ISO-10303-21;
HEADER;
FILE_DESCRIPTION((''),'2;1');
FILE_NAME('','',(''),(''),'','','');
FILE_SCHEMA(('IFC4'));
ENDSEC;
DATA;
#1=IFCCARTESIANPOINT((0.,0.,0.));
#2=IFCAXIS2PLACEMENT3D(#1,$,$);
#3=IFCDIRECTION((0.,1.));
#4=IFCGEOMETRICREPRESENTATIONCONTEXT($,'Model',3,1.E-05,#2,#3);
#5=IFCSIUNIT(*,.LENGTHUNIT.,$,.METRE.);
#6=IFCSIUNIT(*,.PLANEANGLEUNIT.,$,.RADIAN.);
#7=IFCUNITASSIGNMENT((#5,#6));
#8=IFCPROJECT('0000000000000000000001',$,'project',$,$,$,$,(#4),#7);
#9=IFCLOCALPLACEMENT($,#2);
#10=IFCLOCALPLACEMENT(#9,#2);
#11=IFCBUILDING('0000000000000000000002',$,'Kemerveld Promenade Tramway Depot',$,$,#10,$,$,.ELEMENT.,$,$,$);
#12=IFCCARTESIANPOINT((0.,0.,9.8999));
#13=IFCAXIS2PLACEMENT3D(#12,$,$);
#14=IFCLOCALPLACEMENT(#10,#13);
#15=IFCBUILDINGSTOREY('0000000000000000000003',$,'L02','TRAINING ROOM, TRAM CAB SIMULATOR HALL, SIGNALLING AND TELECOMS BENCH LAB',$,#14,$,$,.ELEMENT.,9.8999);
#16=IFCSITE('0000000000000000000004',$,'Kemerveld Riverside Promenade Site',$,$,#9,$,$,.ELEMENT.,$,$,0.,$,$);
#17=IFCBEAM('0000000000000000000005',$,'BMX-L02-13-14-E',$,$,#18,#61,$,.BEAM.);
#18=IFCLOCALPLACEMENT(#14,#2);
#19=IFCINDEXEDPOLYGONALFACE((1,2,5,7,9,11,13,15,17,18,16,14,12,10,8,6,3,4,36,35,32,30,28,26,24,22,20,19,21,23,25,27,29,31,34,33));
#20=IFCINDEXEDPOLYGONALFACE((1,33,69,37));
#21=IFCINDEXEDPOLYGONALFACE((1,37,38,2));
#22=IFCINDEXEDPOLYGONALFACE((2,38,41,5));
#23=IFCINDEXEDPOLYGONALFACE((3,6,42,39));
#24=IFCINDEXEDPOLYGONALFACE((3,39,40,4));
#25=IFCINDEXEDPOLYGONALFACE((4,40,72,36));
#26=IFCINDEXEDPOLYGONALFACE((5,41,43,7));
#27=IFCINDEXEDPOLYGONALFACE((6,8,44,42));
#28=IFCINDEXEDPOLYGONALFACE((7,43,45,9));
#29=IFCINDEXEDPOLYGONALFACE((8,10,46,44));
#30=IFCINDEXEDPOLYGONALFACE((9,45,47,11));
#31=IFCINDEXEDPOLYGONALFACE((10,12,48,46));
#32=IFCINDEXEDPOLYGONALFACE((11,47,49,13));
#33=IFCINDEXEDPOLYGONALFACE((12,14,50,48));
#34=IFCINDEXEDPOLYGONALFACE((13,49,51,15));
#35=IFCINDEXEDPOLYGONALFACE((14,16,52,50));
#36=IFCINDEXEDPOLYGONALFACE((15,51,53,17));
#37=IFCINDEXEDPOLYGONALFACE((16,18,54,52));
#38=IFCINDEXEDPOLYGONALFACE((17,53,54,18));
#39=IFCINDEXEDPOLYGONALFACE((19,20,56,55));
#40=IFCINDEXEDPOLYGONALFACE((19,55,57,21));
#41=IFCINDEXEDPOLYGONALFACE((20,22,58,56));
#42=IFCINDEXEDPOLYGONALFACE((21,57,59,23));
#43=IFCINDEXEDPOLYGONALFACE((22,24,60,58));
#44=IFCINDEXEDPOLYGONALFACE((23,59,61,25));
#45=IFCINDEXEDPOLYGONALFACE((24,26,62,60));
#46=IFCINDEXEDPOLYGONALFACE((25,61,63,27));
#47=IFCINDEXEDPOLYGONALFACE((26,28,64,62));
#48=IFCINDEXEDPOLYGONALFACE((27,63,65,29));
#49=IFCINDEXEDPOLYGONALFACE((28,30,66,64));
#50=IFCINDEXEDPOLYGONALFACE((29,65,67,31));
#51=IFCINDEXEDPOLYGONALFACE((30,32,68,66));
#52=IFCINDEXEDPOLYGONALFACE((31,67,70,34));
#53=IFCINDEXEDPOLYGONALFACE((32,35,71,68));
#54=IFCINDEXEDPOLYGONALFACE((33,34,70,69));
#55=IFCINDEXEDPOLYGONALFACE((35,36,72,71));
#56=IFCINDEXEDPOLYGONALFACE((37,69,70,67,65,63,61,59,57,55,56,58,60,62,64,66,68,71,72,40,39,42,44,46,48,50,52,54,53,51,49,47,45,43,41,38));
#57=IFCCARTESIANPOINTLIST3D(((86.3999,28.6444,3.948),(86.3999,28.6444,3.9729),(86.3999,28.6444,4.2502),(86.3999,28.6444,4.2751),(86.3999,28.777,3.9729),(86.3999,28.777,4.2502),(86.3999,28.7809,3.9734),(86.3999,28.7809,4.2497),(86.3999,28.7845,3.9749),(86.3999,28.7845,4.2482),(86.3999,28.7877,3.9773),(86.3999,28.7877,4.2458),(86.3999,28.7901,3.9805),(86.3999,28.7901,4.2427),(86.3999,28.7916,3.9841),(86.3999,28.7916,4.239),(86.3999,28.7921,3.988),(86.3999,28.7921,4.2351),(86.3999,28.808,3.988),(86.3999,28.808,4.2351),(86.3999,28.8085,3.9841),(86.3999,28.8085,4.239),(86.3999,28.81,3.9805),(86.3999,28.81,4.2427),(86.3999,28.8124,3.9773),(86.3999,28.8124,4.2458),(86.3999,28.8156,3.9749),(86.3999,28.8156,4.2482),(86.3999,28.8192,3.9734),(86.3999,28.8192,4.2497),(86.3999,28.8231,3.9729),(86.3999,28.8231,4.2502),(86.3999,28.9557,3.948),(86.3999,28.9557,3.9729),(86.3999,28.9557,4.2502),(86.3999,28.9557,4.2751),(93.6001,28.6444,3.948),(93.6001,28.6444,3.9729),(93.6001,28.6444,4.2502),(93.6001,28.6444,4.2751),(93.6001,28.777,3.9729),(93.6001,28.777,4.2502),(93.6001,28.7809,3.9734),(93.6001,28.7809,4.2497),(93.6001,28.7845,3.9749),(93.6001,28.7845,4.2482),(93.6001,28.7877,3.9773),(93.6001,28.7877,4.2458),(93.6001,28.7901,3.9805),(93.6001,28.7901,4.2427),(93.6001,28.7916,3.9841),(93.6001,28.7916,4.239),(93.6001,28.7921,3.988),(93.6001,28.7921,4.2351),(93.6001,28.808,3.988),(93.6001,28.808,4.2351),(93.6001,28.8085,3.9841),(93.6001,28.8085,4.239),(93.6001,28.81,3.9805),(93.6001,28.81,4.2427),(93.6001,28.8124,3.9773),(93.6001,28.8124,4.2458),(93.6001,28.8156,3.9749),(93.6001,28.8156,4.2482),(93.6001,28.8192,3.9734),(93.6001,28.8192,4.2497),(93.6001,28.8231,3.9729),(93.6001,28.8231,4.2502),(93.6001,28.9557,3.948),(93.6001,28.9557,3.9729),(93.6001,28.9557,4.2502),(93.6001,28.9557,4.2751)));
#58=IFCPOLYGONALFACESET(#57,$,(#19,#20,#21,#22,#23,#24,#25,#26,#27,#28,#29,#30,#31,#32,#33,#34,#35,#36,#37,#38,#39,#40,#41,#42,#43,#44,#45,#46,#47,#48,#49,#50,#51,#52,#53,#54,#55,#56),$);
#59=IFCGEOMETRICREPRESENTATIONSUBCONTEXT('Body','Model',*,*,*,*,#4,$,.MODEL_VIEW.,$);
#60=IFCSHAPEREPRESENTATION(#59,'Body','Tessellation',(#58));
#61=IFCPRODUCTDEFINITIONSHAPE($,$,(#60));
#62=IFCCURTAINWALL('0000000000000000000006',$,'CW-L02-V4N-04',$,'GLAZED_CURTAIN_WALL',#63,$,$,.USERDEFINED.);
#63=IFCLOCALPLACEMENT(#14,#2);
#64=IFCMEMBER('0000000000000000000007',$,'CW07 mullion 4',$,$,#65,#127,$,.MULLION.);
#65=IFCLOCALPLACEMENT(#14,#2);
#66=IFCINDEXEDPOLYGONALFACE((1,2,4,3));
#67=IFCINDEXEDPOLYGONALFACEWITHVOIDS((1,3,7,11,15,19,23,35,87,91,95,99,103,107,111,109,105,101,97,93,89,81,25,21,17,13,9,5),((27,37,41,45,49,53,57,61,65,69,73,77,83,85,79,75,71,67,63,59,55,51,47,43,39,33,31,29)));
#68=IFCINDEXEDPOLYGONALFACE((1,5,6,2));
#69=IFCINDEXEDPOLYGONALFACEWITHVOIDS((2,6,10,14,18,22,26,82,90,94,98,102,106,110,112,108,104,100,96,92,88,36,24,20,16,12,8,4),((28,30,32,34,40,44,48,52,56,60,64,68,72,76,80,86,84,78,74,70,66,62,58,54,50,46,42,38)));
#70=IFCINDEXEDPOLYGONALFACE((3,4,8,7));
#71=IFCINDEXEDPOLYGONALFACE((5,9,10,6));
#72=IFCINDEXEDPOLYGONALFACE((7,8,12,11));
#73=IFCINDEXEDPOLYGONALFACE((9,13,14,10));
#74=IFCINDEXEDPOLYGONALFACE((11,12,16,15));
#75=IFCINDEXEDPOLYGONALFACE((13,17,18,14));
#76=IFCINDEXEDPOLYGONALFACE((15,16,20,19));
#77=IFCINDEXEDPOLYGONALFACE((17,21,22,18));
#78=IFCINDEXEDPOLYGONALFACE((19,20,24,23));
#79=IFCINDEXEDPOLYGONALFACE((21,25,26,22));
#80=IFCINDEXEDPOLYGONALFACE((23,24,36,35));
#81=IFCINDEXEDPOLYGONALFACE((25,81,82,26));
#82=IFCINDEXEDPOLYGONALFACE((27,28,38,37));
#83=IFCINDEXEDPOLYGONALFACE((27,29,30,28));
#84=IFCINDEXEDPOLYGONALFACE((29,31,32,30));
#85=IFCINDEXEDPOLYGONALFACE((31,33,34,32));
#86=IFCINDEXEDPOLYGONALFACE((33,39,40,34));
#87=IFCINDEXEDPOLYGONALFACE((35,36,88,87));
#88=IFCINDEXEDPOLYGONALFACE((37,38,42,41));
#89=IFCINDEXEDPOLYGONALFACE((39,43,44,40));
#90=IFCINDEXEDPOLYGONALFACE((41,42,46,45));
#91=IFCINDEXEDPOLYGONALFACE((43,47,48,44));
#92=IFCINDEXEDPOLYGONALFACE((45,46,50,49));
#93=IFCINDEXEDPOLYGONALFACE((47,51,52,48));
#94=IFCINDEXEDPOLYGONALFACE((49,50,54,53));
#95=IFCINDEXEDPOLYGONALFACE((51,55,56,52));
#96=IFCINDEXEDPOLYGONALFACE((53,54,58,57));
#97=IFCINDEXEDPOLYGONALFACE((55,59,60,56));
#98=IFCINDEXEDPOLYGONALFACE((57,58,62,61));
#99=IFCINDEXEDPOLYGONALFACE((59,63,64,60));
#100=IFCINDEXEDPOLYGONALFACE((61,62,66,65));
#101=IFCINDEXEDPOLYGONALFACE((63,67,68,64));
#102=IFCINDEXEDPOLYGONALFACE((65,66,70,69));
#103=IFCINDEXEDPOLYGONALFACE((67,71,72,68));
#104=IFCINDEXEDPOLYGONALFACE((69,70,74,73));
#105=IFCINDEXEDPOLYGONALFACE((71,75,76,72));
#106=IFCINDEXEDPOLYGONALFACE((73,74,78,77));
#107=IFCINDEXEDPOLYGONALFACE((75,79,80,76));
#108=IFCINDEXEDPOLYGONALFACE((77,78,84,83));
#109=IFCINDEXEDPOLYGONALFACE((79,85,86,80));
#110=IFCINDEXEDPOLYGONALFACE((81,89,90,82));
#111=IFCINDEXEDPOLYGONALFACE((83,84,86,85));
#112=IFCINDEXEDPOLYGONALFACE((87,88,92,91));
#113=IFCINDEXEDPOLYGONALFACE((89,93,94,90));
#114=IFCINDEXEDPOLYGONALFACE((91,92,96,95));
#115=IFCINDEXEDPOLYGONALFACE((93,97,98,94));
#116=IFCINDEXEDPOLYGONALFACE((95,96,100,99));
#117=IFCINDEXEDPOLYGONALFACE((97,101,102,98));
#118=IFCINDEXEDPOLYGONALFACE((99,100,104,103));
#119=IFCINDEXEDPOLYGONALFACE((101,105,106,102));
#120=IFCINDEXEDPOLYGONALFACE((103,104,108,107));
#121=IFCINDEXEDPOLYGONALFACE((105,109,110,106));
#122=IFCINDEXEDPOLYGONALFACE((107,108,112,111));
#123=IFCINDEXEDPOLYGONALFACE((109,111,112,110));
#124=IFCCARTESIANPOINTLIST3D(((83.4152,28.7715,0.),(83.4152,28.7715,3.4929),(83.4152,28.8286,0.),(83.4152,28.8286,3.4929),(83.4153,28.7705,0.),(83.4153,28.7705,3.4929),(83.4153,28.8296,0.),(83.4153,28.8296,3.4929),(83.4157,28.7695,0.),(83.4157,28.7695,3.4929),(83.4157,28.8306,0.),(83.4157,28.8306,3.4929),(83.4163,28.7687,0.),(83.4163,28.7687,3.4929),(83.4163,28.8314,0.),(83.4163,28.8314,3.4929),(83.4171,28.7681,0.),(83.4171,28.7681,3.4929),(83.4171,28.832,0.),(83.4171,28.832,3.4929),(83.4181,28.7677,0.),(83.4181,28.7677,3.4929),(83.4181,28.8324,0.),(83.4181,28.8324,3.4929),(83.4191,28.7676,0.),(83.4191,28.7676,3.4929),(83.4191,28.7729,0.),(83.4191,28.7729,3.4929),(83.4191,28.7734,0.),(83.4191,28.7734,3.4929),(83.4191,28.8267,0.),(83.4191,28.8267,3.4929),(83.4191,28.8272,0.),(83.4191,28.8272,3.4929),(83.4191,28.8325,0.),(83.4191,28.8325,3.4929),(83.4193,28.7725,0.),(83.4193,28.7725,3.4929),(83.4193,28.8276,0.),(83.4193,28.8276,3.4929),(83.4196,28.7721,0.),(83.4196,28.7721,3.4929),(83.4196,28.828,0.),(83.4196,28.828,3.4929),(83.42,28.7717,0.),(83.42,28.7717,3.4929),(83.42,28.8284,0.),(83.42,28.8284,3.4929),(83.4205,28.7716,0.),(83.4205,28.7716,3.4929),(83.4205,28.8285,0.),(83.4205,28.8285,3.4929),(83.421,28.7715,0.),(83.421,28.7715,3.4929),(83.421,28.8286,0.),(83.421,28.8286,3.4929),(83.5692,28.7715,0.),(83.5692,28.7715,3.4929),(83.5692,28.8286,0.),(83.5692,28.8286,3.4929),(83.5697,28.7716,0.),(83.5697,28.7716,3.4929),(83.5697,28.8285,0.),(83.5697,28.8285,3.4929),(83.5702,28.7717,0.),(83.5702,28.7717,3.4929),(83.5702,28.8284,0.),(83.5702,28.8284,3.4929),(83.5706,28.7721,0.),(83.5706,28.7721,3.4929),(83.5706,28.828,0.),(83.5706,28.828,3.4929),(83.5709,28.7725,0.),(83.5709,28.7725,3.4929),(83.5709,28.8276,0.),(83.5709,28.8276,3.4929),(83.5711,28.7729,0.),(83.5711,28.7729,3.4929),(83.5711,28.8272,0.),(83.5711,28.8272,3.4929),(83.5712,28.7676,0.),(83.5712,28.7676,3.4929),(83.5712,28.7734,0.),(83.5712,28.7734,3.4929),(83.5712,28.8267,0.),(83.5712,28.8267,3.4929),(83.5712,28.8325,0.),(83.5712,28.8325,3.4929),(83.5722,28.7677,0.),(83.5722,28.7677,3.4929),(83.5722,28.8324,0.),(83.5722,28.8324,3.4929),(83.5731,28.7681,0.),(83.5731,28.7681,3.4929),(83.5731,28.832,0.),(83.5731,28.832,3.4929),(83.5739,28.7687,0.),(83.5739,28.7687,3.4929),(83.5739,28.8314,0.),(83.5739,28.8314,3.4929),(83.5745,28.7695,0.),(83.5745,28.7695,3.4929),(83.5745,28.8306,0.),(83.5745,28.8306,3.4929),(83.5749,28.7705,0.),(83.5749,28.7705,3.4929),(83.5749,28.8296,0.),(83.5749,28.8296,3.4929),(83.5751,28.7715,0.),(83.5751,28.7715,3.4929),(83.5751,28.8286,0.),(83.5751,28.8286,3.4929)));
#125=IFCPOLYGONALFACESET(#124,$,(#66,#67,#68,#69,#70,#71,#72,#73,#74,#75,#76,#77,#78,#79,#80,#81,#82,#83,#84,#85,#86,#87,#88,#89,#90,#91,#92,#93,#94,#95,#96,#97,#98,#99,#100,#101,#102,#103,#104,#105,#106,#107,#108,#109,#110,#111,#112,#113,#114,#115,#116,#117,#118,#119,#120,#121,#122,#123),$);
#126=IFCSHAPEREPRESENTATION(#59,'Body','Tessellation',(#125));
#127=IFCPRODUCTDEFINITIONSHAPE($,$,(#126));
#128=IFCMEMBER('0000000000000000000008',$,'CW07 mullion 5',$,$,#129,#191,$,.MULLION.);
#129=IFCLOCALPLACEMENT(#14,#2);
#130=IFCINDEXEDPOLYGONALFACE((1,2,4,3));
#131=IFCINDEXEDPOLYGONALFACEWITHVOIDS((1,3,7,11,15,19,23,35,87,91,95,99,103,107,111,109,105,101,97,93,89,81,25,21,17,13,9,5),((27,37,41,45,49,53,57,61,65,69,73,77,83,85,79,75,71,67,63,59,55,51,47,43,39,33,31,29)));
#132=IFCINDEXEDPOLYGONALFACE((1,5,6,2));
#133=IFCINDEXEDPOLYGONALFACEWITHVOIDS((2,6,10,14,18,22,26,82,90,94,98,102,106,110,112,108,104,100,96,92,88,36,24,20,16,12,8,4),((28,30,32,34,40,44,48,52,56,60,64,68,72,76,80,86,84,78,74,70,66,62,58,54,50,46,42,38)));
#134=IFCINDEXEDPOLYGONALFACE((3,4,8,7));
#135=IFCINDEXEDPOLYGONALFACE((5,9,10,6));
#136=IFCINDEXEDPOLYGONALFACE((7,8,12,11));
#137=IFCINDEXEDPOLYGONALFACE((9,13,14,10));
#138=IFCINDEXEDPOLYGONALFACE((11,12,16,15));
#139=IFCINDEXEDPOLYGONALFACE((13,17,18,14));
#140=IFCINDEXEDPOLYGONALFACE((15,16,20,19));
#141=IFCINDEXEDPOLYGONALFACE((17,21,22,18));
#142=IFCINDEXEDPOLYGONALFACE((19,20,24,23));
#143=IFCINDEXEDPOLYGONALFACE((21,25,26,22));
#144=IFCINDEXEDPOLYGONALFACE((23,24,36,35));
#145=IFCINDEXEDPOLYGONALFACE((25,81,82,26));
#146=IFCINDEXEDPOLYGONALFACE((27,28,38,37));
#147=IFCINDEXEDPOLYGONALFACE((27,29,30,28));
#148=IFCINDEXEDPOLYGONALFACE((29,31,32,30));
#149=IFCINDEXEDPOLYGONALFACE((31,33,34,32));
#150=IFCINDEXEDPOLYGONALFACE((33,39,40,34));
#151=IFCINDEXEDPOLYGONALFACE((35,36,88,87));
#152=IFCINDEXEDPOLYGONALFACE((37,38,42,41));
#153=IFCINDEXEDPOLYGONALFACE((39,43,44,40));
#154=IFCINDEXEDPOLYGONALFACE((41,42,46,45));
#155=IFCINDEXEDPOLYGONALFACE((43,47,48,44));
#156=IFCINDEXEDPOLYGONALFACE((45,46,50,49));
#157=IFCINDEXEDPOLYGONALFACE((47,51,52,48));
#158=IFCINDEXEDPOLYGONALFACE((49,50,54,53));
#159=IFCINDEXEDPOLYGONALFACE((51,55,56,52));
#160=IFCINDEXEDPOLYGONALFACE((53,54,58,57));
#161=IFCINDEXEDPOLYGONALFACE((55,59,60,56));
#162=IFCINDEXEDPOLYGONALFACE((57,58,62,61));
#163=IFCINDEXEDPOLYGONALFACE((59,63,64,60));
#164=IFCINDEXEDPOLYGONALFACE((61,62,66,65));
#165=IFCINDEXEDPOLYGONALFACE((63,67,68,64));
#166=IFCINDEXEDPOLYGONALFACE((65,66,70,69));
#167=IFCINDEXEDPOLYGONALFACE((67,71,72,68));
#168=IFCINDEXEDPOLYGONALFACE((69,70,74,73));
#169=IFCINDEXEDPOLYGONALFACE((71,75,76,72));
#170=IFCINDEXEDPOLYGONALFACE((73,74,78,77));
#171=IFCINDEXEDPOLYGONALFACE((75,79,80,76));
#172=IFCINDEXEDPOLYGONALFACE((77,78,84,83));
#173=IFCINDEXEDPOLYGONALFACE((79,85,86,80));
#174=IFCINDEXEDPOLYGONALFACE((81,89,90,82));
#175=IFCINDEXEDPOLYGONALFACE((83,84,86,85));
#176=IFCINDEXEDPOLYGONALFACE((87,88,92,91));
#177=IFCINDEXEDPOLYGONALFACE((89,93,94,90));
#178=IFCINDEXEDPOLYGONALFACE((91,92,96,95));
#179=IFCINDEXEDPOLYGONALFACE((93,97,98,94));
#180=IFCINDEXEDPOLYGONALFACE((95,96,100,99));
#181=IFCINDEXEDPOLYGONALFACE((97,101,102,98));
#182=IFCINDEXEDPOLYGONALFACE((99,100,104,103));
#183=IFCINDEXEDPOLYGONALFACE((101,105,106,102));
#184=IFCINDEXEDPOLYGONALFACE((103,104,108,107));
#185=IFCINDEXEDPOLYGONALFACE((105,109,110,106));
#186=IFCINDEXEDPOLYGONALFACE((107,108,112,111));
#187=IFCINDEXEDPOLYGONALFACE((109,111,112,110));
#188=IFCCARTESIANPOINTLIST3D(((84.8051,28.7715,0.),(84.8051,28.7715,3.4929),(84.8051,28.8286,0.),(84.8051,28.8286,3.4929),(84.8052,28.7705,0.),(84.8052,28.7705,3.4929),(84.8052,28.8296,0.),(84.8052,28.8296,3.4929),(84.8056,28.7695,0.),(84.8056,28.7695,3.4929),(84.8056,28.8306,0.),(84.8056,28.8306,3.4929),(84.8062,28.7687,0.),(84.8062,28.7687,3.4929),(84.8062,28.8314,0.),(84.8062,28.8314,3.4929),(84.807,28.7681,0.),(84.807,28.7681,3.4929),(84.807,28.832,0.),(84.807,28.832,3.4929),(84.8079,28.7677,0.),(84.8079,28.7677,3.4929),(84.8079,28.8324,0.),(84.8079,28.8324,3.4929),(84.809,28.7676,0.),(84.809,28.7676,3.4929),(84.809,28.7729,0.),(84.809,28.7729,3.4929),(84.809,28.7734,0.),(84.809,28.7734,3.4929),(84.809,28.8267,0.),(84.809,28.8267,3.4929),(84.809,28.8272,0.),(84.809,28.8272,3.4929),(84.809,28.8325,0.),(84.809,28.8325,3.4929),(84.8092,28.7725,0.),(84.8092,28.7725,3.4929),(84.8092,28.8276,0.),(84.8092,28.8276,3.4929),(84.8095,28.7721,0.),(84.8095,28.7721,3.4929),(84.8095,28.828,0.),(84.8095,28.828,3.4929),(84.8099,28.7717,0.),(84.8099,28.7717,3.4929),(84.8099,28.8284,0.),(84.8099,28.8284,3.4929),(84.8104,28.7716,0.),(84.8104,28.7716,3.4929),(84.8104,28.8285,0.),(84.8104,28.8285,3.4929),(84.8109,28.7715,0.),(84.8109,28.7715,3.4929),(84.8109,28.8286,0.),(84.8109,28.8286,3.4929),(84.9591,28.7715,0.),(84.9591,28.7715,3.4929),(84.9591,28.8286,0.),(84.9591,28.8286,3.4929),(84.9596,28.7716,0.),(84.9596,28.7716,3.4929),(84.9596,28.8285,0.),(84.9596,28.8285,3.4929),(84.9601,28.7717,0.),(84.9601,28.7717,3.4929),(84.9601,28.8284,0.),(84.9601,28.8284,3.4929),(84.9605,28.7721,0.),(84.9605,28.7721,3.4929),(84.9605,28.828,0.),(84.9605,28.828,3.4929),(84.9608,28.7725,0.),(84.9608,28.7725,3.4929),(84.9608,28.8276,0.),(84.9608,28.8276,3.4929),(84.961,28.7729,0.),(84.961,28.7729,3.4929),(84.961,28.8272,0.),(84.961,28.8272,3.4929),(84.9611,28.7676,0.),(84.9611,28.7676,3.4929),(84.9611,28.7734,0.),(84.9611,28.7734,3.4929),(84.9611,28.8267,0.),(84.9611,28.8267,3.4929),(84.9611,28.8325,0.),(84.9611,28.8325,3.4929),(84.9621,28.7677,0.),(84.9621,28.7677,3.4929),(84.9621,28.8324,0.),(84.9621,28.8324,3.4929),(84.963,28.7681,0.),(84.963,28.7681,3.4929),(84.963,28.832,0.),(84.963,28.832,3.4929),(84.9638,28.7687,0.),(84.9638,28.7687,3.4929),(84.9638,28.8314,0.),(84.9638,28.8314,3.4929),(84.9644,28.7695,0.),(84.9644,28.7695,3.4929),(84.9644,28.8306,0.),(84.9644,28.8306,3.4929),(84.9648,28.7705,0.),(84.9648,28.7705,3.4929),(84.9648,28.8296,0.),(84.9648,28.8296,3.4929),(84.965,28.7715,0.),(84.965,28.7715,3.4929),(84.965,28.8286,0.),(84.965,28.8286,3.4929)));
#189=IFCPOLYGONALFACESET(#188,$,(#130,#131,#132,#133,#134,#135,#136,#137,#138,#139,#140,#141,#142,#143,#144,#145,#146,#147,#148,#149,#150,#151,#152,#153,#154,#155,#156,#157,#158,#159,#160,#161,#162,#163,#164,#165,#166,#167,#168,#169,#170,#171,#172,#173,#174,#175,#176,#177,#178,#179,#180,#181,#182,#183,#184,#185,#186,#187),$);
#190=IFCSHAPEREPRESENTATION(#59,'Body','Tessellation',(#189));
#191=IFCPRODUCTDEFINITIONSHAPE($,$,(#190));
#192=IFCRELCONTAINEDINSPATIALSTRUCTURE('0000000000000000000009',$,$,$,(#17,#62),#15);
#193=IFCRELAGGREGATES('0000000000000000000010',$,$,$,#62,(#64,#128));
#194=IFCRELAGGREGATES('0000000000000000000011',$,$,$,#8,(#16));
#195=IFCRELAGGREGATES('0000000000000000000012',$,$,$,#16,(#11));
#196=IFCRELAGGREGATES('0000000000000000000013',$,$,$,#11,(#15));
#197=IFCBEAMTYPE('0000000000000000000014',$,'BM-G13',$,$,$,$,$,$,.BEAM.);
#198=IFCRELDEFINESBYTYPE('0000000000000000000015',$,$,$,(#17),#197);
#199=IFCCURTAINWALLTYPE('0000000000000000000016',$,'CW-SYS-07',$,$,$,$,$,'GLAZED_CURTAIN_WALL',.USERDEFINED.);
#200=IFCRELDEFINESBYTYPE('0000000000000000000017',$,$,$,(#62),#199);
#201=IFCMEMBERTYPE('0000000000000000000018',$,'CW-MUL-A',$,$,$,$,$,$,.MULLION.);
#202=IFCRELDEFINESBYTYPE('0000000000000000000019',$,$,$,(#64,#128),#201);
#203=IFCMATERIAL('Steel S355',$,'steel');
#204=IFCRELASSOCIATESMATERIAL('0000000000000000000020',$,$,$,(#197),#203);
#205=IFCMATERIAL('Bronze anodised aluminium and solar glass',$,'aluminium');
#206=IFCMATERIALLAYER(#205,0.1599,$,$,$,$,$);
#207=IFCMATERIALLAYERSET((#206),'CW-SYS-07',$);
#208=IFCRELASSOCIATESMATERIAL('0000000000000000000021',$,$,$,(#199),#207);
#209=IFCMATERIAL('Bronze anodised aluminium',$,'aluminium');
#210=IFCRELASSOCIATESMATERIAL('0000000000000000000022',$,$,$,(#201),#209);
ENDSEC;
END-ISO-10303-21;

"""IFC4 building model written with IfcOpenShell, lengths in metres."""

from ifc_helpers import new_model, si_unit, direction, frame, origin, origin_2d, place, context, subcontext, project, spatial, hollow_rectangle, i_section, extrude, material, layer, layer_set, material_profile, profile_set, type_object, element, aggregate, save


model = new_model("IFC4")

# Units and contexts
model_context = context("Model", 3, precision=1e-05, world=origin(), true_north=direction((0.0, 1.0)))
body_context = subcontext(model_context, "Body", "Model", "MODEL_VIEW")
ifc_project = project(units=[si_unit("LENGTHUNIT", "METRE"), si_unit("PLANEANGLEUNIT", "RADIAN")], contexts=[model_context])

# Site, building, storey
site_placement = place(None, origin())
site = spatial("IfcSite", under=ifc_project, at=site_placement, Name="Kemerveld Riverside Promenade Site", CompositionType="ELEMENT", RefElevation=0.0)
building_placement = place(site_placement, origin())
building = spatial("IfcBuilding", under=site, at=building_placement, Name="Kemerveld Promenade Tramway Depot", CompositionType="ELEMENT")
storey_placement = place(building_placement, frame((0.0, 0.0, 9.8999)))
storey = spatial("IfcBuildingStorey", under=building, at=storey_placement, Name="L02", Description="TRAINING ROOM, TRAM CAB SIMULATOR HALL, SIGNALLING AND TELECOMS BENCH LAB", CompositionType="ELEMENT", Elevation=9.8999)

# Shared definitions
ifc_material_1 = material(Name="Steel S355", Category="steel")

# Beam
ifc_material_profile_1 = material_profile(ifc_material_1, i_section(OverallWidth=0.3113, OverallDepth=0.3271, WebThickness=0.0159, FlangeThickness=0.0249, FilletRadius=0.0151, at=origin_2d()), Name="305x305x158 UC")
ifc_profile_set_1 = profile_set([ifc_material_profile_1], Name="Steel S355")
beam_type_1 = type_object("IfcBeamType", Name="BM-G13", PredefinedType="BEAM", material=ifc_profile_set_1)
beam_1_placement = place(storey_placement, frame((86.3999, 28.8, 4.1116), z_axis=(1.0, 0.0, 0.0), x_axis=(0.0, 1.0, 0.0)))
element("IfcBeam", 1, at=beam_1_placement, inside=storey, type_object=beam_type_1, Name="BMX-L02-13-14-E", PredefinedType="BEAM", context=body_context, shape_type="SweptSolid", body=[
    extrude(i_section(OverallWidth=0.3113, OverallDepth=0.3271, WebThickness=0.0159, FlangeThickness=0.0249, FilletRadius=0.0151, at=origin_2d()), origin(), (0.0, 0.0, 1.0), 7.2002),
])

# Curtain wall, members
ifc_material_2 = material(Name="Bronze anodised aluminium and solar glass", Category="aluminium")
ifc_layer_1 = layer(ifc_material_2, 0.1599)
ifc_layer_set_1 = layer_set([ifc_layer_1], Name="CW-SYS-07")
curtain_wall_type = type_object("IfcCurtainWallType", Name="CW-SYS-07", ElementType="GLAZED_CURTAIN_WALL", PredefinedType="USERDEFINED", material=ifc_layer_set_1)
curtain_wall_placement = place(storey_placement, origin())
curtain_wall = element("IfcCurtainWall", 2, at=curtain_wall_placement, inside=storey, type_object=curtain_wall_type, Name="CW-L02-V4N-04", ObjectType="GLAZED_CURTAIN_WALL", PredefinedType="USERDEFINED")
ifc_material_3 = material(Name="Bronze anodised aluminium", Category="aluminium")
ifc_material_profile_2 = material_profile(ifc_material_3, hollow_rectangle(XDim=0.0649, YDim=0.1599, WallThickness=0.0039, InnerFilletRadius=0.002, OuterFilletRadius=0.0039, at=origin_2d()), Name="CW-MUL-160x65")
ifc_profile_set_2 = profile_set([ifc_material_profile_2], Name="Bronze anodised aluminium")
member_type_1 = type_object("IfcMemberType", Name="CW-MUL-A", PredefinedType="MULLION", material=ifc_profile_set_2)
member_1_placement = place(storey_placement, frame((83.4951, 28.8, 0.0), z_axis=(0.0, 0.0, 1.0), x_axis=(0.0, 1.0, 0.0)))
member_1 = element("IfcMember", 3, at=member_1_placement, type_object=member_type_1, Name="CW07 mullion 4", PredefinedType="MULLION", context=body_context, shape_type="SweptSolid", body=[
    extrude(hollow_rectangle(XDim=0.0649, YDim=0.1599, WallThickness=0.0039, InnerFilletRadius=0.002, OuterFilletRadius=0.0039, at=origin_2d()), origin(), (0.0, 0.0, 1.0), 3.4929),
])
member_2_placement = place(storey_placement, frame((84.885, 28.8, 0.0), z_axis=(0.0, 0.0, 1.0), x_axis=(0.0, 1.0, 0.0)))
member_2 = element("IfcMember", 4, at=member_2_placement, type_object=member_type_1, Name="CW07 mullion 5", PredefinedType="MULLION", context=body_context, shape_type="SweptSolid", body=[
    extrude(hollow_rectangle(XDim=0.0649, YDim=0.1599, WallThickness=0.0039, InnerFilletRadius=0.002, OuterFilletRadius=0.0039, at=origin_2d()), origin(), (0.0, 0.0, 1.0), 3.4929),
])

aggregate(curtain_wall, [member_1, member_2])

save(model, "model.ifc")
